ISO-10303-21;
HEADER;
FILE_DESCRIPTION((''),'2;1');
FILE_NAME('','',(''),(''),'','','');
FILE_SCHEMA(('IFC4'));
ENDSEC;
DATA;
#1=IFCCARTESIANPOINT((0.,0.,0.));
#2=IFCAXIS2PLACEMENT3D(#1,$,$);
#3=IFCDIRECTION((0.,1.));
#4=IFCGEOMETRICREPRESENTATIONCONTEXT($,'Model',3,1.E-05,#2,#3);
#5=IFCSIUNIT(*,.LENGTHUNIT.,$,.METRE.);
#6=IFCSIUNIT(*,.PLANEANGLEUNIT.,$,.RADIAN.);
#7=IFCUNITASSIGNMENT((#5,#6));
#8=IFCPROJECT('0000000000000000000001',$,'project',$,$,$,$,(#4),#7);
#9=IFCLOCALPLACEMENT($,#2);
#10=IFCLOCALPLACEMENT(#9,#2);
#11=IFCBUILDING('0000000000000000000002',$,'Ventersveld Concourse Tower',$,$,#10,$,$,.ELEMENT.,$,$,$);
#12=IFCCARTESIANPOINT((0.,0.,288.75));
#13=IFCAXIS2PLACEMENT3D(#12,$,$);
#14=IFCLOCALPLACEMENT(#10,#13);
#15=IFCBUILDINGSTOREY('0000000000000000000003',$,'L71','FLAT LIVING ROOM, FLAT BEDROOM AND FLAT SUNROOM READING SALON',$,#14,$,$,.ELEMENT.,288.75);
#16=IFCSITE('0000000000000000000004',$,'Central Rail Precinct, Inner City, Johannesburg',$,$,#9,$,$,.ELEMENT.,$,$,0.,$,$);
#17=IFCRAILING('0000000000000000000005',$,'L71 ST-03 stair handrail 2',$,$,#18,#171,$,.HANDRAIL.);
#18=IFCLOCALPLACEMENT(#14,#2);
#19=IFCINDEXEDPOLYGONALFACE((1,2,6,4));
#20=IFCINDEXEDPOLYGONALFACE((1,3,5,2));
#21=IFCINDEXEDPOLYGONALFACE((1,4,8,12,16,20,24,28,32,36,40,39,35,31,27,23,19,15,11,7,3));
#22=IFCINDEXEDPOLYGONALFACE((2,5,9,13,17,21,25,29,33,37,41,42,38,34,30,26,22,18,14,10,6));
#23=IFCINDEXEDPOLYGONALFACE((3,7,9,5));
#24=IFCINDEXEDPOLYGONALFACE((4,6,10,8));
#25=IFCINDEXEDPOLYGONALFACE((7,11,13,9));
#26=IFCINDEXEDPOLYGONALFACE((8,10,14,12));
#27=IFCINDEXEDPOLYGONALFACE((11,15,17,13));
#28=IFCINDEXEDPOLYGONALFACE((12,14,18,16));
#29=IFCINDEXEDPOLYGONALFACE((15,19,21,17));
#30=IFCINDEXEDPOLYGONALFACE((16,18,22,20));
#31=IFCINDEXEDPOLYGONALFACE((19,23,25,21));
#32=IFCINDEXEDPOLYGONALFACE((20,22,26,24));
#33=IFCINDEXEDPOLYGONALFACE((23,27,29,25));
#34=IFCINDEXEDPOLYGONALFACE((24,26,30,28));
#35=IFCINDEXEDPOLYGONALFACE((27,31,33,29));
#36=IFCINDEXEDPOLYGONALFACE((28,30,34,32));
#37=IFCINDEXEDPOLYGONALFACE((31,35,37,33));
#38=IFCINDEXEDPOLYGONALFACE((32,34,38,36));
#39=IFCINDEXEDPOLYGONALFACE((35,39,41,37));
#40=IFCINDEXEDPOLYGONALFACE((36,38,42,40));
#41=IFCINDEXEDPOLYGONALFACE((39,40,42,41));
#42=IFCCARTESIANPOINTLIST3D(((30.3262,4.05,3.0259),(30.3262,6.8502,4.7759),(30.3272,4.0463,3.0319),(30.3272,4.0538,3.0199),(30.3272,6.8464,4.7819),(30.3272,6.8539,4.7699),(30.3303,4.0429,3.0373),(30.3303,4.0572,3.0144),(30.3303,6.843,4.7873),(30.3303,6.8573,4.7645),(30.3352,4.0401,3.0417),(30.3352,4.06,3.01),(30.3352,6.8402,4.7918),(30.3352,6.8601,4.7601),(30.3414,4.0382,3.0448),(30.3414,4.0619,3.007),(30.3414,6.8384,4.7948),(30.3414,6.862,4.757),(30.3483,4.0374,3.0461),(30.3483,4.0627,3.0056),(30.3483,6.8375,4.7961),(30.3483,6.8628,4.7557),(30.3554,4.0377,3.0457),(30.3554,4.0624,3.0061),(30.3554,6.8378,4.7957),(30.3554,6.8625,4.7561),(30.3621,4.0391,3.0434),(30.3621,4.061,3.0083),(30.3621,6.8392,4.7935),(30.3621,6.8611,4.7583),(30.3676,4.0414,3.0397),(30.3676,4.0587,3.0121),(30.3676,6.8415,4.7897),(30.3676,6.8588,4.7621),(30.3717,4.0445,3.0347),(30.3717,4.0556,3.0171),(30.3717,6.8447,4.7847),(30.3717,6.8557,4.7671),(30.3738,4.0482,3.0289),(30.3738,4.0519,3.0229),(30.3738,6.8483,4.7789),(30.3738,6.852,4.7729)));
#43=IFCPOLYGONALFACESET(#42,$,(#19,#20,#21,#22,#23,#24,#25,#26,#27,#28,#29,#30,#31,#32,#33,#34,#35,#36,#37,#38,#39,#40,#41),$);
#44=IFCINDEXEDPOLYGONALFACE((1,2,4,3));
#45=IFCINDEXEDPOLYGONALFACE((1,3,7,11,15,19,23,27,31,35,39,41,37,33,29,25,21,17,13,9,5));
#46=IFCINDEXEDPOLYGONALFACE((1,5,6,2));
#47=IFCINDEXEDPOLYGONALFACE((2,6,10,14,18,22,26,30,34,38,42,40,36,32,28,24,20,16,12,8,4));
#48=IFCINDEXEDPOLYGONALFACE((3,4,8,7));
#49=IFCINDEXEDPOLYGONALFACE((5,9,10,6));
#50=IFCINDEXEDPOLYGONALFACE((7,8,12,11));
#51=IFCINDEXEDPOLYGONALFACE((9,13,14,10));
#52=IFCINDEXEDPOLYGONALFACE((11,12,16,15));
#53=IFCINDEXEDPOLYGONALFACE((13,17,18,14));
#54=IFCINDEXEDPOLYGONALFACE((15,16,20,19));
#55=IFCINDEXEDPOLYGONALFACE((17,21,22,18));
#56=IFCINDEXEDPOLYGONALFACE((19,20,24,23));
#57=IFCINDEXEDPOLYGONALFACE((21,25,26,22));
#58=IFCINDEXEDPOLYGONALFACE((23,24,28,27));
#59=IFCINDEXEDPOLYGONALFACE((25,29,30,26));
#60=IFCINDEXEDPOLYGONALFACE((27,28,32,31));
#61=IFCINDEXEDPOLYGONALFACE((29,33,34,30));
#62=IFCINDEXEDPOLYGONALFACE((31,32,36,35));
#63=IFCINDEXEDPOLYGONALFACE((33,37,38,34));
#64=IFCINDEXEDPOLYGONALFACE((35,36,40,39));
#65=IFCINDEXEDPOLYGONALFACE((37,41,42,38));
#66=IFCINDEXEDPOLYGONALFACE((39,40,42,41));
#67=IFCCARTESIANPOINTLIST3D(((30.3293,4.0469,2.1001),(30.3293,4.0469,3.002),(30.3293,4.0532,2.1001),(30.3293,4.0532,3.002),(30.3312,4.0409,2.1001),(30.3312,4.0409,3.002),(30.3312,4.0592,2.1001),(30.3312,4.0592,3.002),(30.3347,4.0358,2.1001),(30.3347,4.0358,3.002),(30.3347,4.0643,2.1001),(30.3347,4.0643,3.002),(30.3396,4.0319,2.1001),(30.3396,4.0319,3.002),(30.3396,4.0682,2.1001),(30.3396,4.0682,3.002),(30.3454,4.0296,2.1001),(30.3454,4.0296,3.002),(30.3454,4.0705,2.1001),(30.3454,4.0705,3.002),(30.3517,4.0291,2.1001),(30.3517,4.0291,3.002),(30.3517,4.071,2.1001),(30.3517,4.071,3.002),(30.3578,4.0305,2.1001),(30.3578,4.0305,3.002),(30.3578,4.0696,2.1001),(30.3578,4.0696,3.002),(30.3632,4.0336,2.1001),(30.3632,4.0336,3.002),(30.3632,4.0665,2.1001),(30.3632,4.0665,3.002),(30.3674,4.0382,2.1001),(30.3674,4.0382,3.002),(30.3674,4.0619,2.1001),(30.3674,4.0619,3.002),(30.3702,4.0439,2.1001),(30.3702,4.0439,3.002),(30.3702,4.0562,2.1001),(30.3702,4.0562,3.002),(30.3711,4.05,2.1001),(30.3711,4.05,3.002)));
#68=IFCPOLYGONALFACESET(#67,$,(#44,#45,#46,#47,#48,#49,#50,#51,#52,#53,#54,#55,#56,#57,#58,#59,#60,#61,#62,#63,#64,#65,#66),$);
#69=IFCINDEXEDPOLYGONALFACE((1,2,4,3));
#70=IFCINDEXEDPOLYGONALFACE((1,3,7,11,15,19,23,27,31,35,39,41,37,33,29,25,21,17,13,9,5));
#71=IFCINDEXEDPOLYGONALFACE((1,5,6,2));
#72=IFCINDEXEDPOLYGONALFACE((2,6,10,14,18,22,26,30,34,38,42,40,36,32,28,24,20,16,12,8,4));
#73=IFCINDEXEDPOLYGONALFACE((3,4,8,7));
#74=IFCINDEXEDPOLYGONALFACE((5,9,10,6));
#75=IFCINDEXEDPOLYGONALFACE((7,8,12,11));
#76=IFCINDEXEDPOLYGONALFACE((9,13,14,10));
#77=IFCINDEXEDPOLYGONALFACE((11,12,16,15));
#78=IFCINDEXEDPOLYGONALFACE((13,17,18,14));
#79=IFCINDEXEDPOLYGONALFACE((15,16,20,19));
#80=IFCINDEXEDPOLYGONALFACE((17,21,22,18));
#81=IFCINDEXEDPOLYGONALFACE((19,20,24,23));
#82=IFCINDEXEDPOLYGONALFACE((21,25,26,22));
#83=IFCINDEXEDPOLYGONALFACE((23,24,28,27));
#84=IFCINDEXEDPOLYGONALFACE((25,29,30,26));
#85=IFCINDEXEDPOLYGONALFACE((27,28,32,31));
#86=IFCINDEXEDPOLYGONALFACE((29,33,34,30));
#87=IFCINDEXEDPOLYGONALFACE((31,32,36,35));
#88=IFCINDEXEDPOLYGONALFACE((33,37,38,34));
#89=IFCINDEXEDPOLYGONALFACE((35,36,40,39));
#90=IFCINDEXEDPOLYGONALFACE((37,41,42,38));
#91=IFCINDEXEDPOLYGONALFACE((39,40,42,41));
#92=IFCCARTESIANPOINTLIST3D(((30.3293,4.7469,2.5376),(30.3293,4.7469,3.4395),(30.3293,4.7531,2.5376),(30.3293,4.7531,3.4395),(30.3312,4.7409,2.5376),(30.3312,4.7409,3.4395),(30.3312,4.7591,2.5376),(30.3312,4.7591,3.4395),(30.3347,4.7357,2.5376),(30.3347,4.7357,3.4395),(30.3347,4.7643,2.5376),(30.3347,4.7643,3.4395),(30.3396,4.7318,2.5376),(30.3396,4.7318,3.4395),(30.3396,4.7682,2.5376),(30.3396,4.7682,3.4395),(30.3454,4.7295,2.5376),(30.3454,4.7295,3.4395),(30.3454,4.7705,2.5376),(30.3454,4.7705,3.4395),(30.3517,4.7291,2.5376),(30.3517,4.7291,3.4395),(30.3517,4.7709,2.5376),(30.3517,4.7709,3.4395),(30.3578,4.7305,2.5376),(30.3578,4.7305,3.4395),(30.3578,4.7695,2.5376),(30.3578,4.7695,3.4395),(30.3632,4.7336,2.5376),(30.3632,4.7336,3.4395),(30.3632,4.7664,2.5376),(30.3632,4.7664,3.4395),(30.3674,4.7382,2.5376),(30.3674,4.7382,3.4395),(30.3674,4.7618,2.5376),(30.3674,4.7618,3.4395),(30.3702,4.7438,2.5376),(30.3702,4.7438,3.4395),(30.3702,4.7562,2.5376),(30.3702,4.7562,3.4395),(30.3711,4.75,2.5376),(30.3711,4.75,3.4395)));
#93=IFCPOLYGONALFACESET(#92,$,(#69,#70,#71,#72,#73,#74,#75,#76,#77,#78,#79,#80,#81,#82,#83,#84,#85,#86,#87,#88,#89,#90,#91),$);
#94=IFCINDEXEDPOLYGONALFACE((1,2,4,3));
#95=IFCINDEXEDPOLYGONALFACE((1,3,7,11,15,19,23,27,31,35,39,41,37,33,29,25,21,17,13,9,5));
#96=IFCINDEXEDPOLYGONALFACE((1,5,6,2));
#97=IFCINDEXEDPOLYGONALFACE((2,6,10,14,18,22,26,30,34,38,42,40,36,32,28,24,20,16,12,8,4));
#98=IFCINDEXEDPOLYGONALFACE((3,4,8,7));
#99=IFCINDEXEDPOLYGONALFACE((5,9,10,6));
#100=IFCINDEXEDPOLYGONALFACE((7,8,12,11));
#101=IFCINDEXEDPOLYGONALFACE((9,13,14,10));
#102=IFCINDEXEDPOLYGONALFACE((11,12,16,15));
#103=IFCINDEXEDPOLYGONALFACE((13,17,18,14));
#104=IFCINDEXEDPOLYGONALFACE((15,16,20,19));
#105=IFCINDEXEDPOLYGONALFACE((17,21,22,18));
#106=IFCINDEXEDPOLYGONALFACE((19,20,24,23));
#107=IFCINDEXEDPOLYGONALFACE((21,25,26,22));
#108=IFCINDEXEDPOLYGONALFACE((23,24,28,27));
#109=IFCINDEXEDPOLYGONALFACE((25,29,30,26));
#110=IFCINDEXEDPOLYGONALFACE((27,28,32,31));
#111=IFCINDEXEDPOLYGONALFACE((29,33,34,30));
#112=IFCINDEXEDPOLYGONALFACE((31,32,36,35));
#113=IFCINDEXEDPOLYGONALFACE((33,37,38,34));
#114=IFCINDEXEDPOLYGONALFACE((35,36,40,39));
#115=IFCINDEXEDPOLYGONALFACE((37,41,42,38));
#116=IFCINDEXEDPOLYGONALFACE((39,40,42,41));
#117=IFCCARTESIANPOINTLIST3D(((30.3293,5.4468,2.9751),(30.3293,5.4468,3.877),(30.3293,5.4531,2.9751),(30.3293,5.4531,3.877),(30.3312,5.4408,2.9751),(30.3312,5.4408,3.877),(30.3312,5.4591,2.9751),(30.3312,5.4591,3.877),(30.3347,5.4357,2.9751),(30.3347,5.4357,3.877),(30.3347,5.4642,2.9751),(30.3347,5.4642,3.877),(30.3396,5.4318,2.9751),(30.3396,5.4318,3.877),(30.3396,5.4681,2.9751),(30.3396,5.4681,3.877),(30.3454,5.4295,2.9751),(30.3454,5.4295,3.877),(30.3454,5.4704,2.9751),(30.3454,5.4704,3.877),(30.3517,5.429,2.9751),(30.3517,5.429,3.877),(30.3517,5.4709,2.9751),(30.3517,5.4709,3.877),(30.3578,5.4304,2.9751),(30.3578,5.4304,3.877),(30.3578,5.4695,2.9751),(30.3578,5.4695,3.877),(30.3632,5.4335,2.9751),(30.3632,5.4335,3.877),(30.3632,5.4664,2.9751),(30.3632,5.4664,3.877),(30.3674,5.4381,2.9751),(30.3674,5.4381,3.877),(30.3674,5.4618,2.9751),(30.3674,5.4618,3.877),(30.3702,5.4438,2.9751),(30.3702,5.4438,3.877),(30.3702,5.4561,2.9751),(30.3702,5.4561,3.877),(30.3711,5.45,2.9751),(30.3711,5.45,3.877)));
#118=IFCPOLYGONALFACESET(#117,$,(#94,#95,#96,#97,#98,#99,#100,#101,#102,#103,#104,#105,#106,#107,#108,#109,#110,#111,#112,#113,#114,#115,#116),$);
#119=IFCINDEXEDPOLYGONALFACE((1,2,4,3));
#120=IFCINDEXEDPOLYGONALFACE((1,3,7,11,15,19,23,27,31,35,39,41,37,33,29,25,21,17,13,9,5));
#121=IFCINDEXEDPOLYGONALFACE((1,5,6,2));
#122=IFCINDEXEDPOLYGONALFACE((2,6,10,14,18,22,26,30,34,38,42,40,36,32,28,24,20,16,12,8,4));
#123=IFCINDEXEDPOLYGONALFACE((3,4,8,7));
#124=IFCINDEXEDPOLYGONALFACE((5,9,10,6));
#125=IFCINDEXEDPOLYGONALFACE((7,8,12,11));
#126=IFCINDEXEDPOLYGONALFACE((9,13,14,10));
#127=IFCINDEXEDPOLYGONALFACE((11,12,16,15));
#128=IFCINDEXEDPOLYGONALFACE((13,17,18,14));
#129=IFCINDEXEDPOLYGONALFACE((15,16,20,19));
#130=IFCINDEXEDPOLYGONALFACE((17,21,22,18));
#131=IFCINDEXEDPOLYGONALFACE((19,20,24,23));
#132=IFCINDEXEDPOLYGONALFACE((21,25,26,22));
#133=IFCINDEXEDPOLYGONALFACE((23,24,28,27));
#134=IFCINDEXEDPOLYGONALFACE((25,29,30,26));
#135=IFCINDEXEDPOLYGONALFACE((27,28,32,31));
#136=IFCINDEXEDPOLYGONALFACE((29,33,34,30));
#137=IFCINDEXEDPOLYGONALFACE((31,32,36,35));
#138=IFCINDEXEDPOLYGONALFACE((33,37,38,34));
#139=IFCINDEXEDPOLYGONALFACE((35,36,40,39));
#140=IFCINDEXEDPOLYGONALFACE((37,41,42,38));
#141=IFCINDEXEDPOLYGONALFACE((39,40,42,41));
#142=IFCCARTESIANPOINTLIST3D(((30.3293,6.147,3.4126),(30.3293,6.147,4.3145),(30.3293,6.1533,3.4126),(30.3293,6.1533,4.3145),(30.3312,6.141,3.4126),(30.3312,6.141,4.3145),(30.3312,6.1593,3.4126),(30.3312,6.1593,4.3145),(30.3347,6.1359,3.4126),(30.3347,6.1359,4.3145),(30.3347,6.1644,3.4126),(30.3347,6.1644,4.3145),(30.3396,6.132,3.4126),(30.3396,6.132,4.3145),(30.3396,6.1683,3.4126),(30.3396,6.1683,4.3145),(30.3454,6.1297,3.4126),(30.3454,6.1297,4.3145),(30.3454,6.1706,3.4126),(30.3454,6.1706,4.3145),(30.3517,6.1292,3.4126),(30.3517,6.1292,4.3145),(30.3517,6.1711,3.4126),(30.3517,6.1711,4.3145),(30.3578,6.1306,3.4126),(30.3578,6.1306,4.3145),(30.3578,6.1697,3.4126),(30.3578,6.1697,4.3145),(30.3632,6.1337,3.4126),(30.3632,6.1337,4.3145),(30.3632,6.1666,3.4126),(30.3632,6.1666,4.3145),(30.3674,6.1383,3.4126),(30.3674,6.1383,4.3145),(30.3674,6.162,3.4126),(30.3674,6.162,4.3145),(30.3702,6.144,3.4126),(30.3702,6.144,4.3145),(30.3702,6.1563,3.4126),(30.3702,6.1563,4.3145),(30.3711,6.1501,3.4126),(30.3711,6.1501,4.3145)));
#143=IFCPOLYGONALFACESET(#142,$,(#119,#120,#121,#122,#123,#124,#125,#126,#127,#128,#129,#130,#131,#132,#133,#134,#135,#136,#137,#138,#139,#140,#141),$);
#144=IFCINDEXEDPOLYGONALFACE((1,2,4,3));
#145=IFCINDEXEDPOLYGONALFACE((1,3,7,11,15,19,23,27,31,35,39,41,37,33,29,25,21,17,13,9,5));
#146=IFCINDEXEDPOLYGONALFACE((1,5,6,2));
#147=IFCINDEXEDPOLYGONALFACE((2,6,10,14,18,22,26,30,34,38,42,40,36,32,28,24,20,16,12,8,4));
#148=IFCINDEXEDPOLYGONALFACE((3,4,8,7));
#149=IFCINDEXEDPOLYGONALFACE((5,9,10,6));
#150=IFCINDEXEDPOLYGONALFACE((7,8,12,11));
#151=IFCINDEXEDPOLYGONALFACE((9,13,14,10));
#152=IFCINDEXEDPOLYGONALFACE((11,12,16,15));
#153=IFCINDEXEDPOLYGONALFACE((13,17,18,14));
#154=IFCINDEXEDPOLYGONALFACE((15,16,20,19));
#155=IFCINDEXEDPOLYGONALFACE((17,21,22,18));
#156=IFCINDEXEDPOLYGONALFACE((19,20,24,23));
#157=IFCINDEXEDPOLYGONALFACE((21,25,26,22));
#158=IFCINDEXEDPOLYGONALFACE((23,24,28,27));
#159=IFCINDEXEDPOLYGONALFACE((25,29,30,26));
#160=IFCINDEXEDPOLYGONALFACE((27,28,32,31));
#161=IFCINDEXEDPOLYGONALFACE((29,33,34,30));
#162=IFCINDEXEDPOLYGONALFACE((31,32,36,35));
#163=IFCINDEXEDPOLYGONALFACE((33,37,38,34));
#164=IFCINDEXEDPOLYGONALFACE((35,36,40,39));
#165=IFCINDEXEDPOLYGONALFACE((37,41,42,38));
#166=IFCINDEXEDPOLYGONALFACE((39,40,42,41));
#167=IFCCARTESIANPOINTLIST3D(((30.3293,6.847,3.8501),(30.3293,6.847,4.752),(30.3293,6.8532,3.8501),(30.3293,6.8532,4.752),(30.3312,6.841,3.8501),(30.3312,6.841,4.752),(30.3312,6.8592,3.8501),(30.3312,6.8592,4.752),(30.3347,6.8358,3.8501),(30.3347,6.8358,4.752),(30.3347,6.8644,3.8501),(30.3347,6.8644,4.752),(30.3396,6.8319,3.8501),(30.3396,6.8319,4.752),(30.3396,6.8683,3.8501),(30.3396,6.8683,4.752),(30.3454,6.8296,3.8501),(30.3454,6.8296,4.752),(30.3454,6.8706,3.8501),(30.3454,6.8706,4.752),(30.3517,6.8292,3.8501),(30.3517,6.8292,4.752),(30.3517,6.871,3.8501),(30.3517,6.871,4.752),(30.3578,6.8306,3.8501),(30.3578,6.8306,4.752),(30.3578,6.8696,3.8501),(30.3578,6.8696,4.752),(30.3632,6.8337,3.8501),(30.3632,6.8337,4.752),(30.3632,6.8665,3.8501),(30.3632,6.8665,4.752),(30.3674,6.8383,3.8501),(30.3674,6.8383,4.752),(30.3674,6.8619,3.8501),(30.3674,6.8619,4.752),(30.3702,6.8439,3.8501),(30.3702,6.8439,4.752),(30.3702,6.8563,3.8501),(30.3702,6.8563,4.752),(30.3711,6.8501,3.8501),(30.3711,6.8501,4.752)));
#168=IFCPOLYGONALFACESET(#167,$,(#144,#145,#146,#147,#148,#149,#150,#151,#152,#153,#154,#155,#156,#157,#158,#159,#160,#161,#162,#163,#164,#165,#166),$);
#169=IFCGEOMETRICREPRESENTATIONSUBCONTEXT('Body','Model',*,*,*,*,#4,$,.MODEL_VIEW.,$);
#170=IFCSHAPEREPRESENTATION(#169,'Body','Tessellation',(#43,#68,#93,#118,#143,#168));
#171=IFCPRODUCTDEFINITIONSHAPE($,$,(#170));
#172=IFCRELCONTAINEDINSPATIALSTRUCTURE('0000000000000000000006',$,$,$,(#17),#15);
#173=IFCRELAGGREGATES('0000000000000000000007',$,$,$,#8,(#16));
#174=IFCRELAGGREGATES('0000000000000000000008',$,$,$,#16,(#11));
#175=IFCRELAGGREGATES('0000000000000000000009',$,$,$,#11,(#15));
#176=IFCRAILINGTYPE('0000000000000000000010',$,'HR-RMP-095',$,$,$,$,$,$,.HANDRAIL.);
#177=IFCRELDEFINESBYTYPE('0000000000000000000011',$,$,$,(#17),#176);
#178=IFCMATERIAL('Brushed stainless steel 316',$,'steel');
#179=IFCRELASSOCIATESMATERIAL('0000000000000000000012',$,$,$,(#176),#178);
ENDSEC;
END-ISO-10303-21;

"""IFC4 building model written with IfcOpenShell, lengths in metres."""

from ifc_helpers import new_model, si_unit, direction, frame, origin, origin_2d, place, context, subcontext, project, spatial, circle, extrude, material, type_object, element, save


model = new_model("IFC4")

# Units and contexts
model_context = context("Model", 3, precision=1e-05, world=origin(), true_north=direction((0.0, 1.0)))
body_context = subcontext(model_context, "Body", "Model", "MODEL_VIEW")
ifc_project = project(units=[si_unit("LENGTHUNIT", "METRE"), si_unit("PLANEANGLEUNIT", "RADIAN")], contexts=[model_context])

# Site, building, storey
site_placement = place(None, origin())
site = spatial("IfcSite", under=ifc_project, at=site_placement, Name="Central Rail Precinct, Inner City, Johannesburg", CompositionType="ELEMENT", RefElevation=0.0)
building_placement = place(site_placement, origin())
building = spatial("IfcBuilding", under=site, at=building_placement, Name="Ventersveld Concourse Tower", CompositionType="ELEMENT")
storey_placement = place(building_placement, frame((0.0, 0.0, 288.75)))
storey = spatial("IfcBuildingStorey", under=building, at=storey_placement, Name="L71", Description="FLAT LIVING ROOM, FLAT BEDROOM AND FLAT SUNROOM READING SALON", CompositionType="ELEMENT", Elevation=288.75)

# Railing
ifc_material_1 = material(Name="Brushed stainless steel 316", Category="steel")
railing_type_1 = type_object("IfcRailingType", Name="HR-RMP-095", PredefinedType="HANDRAIL", material=ifc_material_1)
railing_1_placement = place(storey_placement, frame((30.3501, 4.05, 2.1001)))
element("IfcRailing", 1, at=railing_1_placement, inside=storey, type_object=railing_type_1, Name="L71 ST-03 stair handrail 2", PredefinedType="HANDRAIL", context=body_context, shape_type="SweptSolid", body=[
    extrude(circle(Radius=0.0239, at=origin_2d()), frame((0.0, 0.0, 0.9258), z_axis=(0.0, 0.848002, 0.529992), x_axis=(-1.0, 0.0, 0.0)), (0.0, 0.0, 1.0), 3.302),
    extrude(circle(Radius=0.021, at=origin_2d()), origin(), (0.0, 0.0, 1.0), 0.9019),
    extrude(circle(Radius=0.021, at=origin_2d()), frame((0.0, 0.7, 0.4375)), (0.0, 0.0, 1.0), 0.9019),
    extrude(circle(Radius=0.021, at=origin_2d()), frame((0.0, 1.3999, 0.875)), (0.0, 0.0, 1.0), 0.9019),
    extrude(circle(Radius=0.021, at=origin_2d()), frame((0.0, 2.1001, 1.3125)), (0.0, 0.0, 1.0), 0.9019),
    extrude(circle(Radius=0.021, at=origin_2d()), frame((0.0, 2.8, 1.75)), (0.0, 0.0, 1.0), 0.9019),
])

save(model, "model.ifc")
